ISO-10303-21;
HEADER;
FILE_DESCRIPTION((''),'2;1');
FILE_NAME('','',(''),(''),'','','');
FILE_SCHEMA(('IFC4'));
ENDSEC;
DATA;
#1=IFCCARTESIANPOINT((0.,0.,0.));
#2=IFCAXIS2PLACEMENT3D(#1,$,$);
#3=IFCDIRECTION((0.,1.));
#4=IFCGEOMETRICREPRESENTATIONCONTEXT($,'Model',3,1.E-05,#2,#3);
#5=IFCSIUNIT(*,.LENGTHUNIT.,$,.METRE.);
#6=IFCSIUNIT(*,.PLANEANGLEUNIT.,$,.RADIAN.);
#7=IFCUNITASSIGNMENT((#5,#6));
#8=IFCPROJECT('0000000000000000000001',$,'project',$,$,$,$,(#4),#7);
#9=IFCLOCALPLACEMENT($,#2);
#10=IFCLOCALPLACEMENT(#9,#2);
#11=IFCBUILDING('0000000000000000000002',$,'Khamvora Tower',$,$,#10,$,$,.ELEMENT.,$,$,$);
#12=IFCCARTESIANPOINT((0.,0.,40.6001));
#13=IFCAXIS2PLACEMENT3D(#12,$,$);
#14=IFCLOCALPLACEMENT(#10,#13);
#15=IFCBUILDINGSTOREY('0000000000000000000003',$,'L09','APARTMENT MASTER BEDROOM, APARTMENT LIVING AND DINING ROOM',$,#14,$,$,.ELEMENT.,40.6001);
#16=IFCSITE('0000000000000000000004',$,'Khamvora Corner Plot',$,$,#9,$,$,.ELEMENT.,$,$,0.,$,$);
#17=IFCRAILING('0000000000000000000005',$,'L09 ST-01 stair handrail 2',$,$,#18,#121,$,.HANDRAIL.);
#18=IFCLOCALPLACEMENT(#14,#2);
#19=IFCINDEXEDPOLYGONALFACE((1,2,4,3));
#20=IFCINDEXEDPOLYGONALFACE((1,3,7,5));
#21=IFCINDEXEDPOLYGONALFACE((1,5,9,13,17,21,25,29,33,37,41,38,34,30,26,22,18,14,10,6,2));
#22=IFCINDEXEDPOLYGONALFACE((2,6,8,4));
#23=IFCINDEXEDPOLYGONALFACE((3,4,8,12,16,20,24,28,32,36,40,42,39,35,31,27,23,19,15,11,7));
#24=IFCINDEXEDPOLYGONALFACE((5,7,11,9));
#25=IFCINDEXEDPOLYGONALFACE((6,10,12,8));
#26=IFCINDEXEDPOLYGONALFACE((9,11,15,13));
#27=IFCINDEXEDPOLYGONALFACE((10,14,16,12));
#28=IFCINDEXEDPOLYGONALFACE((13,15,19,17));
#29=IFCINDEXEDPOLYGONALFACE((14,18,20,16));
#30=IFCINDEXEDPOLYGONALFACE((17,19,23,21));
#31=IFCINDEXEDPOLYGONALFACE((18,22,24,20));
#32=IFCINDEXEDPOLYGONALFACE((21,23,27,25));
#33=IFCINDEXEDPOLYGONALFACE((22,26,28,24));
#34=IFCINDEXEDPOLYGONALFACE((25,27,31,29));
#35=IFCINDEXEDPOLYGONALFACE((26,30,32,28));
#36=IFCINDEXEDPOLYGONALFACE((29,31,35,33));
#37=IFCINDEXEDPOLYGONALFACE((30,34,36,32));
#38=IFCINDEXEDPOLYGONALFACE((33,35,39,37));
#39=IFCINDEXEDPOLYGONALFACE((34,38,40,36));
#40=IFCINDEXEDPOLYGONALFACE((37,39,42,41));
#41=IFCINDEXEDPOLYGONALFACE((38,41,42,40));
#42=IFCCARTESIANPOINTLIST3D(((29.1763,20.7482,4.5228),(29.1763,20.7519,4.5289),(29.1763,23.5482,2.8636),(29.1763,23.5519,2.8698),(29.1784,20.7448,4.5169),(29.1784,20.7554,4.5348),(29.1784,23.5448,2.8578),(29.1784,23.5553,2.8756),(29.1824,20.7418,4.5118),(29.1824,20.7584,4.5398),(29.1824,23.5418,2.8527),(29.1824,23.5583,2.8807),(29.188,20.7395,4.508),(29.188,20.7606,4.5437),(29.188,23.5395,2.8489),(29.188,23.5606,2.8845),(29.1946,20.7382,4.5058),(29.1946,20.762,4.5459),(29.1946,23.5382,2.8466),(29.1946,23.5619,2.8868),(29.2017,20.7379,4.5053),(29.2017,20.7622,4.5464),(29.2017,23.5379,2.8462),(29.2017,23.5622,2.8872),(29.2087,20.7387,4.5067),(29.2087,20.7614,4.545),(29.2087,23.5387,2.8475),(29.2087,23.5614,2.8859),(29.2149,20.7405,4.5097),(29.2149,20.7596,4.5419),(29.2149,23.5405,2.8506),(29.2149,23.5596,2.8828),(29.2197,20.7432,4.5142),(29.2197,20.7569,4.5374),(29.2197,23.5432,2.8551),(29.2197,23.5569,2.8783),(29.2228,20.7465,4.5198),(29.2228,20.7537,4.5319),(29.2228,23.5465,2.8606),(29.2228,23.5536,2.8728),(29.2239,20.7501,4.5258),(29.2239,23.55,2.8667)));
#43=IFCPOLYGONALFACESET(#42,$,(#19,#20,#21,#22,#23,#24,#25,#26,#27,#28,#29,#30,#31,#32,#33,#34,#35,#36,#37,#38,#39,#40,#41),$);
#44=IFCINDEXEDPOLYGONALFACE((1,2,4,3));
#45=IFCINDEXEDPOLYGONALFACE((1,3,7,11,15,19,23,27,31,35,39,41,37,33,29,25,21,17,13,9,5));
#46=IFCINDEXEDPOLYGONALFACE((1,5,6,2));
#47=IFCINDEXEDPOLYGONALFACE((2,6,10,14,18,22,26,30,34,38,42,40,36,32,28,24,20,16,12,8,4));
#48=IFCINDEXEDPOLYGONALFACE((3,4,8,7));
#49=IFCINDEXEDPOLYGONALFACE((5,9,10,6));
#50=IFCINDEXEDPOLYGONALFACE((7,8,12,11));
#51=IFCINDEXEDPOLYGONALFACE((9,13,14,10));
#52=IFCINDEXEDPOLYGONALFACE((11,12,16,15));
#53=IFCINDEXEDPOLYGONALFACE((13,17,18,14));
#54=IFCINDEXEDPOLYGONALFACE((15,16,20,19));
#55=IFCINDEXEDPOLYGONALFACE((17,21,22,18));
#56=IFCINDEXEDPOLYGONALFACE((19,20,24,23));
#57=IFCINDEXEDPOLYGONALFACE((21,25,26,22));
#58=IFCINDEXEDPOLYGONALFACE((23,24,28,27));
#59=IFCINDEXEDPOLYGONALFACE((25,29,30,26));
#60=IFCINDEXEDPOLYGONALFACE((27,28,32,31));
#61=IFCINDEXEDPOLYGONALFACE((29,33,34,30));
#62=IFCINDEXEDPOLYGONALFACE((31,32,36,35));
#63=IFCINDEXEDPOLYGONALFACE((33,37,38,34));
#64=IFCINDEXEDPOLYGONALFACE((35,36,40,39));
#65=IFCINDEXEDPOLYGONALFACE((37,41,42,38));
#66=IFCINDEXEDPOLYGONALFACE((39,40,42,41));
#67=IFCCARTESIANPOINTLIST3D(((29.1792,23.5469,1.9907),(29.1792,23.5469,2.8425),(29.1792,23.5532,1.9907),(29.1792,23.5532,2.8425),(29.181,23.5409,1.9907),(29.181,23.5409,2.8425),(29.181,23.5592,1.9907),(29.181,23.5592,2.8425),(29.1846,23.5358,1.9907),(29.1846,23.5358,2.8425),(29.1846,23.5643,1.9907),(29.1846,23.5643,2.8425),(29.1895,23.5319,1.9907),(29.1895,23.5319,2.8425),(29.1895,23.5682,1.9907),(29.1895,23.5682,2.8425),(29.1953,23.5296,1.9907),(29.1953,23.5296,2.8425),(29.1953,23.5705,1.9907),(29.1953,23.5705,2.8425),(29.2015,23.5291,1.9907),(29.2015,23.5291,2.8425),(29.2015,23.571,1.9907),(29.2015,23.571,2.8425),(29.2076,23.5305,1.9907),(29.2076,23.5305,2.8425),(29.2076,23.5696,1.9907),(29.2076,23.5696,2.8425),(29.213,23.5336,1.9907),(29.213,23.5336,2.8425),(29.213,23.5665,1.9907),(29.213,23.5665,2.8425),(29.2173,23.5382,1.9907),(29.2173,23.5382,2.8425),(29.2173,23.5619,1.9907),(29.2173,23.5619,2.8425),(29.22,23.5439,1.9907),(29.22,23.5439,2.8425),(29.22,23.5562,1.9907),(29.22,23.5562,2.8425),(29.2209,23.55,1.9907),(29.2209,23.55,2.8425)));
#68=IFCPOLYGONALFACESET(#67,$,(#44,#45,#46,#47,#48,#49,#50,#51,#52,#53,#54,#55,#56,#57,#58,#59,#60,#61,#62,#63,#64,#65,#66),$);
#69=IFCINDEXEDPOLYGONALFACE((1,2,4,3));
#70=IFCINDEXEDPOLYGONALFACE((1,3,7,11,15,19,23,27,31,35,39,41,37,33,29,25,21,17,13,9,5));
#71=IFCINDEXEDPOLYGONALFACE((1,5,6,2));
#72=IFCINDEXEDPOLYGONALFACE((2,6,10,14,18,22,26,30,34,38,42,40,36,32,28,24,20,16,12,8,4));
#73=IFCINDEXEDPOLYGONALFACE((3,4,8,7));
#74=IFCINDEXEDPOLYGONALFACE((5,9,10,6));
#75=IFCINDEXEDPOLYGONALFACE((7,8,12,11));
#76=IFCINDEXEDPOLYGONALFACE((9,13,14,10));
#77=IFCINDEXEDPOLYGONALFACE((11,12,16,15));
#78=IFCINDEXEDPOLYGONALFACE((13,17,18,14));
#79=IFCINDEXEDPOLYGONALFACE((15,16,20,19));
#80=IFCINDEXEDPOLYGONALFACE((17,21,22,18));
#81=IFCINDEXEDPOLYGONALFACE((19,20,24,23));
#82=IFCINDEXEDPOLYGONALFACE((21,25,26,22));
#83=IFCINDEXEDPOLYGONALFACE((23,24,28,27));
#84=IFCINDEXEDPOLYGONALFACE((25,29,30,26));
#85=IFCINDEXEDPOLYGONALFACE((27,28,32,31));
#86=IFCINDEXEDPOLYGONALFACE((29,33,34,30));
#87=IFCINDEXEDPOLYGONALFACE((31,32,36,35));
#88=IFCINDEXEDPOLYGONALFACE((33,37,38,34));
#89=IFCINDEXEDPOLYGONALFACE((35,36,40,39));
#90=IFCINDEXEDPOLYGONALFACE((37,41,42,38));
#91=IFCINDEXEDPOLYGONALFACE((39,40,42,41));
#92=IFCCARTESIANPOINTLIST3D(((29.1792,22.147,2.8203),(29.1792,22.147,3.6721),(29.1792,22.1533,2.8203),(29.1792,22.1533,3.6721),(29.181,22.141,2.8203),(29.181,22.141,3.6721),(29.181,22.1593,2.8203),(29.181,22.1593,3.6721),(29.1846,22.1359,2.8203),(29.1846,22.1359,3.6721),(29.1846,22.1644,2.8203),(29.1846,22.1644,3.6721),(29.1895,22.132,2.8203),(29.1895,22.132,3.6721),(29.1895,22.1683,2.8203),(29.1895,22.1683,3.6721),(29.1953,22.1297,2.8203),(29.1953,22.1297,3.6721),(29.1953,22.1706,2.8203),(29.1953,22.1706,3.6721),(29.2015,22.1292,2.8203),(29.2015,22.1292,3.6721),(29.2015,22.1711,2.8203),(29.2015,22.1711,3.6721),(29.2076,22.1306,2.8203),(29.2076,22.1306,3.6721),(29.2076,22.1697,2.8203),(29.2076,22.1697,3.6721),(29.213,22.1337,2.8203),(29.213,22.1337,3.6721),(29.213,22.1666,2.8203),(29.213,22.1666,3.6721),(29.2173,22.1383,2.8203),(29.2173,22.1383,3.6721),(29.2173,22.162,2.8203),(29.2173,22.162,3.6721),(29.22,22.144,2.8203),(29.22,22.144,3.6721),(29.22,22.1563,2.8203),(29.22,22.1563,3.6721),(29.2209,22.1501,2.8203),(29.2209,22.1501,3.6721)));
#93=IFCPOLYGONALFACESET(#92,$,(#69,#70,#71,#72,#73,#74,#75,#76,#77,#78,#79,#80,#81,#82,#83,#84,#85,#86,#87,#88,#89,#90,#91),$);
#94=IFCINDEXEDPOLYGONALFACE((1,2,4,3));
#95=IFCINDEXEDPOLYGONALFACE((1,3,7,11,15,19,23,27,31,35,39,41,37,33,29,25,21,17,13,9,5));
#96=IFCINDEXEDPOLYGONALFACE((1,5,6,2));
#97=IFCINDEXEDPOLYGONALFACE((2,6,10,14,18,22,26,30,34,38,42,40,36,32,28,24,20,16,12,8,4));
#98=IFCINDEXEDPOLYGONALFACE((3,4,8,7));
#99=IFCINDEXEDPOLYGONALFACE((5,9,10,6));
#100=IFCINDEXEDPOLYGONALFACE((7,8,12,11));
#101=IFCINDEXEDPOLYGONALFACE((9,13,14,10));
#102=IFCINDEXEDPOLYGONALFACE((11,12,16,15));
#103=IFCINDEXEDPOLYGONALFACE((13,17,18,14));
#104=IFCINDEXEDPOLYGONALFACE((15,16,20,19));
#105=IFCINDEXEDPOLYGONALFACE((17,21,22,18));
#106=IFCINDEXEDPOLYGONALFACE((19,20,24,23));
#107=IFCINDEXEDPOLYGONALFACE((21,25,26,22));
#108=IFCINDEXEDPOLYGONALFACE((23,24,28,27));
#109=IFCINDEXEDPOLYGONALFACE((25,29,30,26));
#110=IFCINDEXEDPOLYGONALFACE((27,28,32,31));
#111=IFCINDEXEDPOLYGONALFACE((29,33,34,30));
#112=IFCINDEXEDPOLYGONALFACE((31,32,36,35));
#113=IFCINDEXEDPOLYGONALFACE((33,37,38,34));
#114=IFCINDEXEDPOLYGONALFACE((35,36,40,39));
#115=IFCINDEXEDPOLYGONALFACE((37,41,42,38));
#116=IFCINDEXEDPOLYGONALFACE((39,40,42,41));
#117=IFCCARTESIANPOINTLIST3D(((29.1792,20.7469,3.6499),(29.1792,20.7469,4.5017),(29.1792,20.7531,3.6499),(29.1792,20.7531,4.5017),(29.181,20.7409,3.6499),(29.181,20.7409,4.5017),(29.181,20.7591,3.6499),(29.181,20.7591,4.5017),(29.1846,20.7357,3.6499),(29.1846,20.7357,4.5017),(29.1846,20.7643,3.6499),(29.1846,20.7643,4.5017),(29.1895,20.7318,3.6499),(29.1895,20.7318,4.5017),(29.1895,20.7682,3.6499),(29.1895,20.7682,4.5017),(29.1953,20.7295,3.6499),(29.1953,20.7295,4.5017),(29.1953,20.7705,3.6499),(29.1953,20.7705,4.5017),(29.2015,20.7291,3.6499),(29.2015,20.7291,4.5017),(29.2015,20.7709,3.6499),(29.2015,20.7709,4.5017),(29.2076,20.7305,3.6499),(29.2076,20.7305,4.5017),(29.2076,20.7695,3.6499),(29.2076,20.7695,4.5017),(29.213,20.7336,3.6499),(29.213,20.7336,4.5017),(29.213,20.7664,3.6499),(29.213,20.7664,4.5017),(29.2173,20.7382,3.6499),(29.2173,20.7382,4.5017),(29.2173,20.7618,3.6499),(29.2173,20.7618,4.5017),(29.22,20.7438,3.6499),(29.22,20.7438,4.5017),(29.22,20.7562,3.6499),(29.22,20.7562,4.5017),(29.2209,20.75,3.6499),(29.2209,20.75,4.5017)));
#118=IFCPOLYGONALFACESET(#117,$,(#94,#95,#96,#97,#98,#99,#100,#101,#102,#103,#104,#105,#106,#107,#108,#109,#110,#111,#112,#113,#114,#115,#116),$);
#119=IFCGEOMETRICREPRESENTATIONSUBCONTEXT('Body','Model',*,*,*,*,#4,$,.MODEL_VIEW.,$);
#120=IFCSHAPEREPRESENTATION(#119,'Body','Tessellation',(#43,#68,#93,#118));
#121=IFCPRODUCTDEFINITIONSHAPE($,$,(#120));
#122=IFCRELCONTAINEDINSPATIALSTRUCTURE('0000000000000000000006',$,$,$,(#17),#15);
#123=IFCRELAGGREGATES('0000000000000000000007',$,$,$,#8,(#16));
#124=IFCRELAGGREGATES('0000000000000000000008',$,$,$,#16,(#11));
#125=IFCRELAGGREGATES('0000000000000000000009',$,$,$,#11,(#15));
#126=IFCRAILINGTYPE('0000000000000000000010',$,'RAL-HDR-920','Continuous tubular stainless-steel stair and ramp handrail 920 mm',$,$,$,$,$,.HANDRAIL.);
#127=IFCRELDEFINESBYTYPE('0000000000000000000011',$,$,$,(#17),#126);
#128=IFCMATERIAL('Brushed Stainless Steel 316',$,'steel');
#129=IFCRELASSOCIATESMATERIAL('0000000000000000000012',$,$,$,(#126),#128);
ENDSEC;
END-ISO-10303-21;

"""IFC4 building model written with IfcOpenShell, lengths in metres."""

from ifc_helpers import new_model, si_unit, direction, frame, origin, origin_2d, place, context, subcontext, project, spatial, circle, extrude, material, type_object, element, save


model = new_model("IFC4")

# Units and contexts
model_context = context("Model", 3, precision=1e-05, world=origin(), true_north=direction((0.0, 1.0)))
body_context = subcontext(model_context, "Body", "Model", "MODEL_VIEW")
ifc_project = project(units=[si_unit("LENGTHUNIT", "METRE"), si_unit("PLANEANGLEUNIT", "RADIAN")], contexts=[model_context])

# Site, building, storey
site_placement = place(None, origin())
site = spatial("IfcSite", under=ifc_project, at=site_placement, Name="Khamvora Corner Plot", CompositionType="ELEMENT", RefElevation=0.0)
building_placement = place(site_placement, origin())
building = spatial("IfcBuilding", under=site, at=building_placement, Name="Khamvora Tower", CompositionType="ELEMENT")
storey_placement = place(building_placement, frame((0.0, 0.0, 40.6001)))
storey = spatial("IfcBuildingStorey", under=building, at=storey_placement, Name="L09", Description="APARTMENT MASTER BEDROOM, APARTMENT LIVING AND DINING ROOM", CompositionType="ELEMENT", Elevation=40.6001)

# Railing
ifc_material_1 = material(Name="Brushed Stainless Steel 316", Category="steel")
railing_type_1 = type_object("IfcRailingType", Name="RAL-HDR-920", Description="Continuous tubular stainless-steel stair and ramp handrail 920 mm", PredefinedType="HANDRAIL", material=ifc_material_1)
railing_1_placement = place(storey_placement, frame((29.2, 23.55, 1.9907)))
element("IfcRailing", 1, at=railing_1_placement, inside=storey, type_object=railing_type_1, Name="L09 ST-01 stair handrail 2", PredefinedType="HANDRAIL", context=body_context, shape_type="SweptSolid", body=[
    extrude(circle(Radius=0.0239, at=origin_2d()), frame((0.0, 0.0, 0.876), z_axis=(0.0, -0.860306, 0.509778), x_axis=(1.0, 0.0, 0.0)), (0.0, 0.0, 1.0), 3.2546),
    extrude(circle(Radius=0.021, at=origin_2d()), origin(), (0.0, 0.0, 1.0), 0.8518),
    extrude(circle(Radius=0.021, at=origin_2d()), frame((0.0, -1.3999, 0.8296)), (0.0, 0.0, 1.0), 0.8518),
    extrude(circle(Radius=0.021, at=origin_2d()), frame((0.0, -2.8, 1.6592)), (0.0, 0.0, 1.0), 0.8518),
])

save(model, "model.ifc")
